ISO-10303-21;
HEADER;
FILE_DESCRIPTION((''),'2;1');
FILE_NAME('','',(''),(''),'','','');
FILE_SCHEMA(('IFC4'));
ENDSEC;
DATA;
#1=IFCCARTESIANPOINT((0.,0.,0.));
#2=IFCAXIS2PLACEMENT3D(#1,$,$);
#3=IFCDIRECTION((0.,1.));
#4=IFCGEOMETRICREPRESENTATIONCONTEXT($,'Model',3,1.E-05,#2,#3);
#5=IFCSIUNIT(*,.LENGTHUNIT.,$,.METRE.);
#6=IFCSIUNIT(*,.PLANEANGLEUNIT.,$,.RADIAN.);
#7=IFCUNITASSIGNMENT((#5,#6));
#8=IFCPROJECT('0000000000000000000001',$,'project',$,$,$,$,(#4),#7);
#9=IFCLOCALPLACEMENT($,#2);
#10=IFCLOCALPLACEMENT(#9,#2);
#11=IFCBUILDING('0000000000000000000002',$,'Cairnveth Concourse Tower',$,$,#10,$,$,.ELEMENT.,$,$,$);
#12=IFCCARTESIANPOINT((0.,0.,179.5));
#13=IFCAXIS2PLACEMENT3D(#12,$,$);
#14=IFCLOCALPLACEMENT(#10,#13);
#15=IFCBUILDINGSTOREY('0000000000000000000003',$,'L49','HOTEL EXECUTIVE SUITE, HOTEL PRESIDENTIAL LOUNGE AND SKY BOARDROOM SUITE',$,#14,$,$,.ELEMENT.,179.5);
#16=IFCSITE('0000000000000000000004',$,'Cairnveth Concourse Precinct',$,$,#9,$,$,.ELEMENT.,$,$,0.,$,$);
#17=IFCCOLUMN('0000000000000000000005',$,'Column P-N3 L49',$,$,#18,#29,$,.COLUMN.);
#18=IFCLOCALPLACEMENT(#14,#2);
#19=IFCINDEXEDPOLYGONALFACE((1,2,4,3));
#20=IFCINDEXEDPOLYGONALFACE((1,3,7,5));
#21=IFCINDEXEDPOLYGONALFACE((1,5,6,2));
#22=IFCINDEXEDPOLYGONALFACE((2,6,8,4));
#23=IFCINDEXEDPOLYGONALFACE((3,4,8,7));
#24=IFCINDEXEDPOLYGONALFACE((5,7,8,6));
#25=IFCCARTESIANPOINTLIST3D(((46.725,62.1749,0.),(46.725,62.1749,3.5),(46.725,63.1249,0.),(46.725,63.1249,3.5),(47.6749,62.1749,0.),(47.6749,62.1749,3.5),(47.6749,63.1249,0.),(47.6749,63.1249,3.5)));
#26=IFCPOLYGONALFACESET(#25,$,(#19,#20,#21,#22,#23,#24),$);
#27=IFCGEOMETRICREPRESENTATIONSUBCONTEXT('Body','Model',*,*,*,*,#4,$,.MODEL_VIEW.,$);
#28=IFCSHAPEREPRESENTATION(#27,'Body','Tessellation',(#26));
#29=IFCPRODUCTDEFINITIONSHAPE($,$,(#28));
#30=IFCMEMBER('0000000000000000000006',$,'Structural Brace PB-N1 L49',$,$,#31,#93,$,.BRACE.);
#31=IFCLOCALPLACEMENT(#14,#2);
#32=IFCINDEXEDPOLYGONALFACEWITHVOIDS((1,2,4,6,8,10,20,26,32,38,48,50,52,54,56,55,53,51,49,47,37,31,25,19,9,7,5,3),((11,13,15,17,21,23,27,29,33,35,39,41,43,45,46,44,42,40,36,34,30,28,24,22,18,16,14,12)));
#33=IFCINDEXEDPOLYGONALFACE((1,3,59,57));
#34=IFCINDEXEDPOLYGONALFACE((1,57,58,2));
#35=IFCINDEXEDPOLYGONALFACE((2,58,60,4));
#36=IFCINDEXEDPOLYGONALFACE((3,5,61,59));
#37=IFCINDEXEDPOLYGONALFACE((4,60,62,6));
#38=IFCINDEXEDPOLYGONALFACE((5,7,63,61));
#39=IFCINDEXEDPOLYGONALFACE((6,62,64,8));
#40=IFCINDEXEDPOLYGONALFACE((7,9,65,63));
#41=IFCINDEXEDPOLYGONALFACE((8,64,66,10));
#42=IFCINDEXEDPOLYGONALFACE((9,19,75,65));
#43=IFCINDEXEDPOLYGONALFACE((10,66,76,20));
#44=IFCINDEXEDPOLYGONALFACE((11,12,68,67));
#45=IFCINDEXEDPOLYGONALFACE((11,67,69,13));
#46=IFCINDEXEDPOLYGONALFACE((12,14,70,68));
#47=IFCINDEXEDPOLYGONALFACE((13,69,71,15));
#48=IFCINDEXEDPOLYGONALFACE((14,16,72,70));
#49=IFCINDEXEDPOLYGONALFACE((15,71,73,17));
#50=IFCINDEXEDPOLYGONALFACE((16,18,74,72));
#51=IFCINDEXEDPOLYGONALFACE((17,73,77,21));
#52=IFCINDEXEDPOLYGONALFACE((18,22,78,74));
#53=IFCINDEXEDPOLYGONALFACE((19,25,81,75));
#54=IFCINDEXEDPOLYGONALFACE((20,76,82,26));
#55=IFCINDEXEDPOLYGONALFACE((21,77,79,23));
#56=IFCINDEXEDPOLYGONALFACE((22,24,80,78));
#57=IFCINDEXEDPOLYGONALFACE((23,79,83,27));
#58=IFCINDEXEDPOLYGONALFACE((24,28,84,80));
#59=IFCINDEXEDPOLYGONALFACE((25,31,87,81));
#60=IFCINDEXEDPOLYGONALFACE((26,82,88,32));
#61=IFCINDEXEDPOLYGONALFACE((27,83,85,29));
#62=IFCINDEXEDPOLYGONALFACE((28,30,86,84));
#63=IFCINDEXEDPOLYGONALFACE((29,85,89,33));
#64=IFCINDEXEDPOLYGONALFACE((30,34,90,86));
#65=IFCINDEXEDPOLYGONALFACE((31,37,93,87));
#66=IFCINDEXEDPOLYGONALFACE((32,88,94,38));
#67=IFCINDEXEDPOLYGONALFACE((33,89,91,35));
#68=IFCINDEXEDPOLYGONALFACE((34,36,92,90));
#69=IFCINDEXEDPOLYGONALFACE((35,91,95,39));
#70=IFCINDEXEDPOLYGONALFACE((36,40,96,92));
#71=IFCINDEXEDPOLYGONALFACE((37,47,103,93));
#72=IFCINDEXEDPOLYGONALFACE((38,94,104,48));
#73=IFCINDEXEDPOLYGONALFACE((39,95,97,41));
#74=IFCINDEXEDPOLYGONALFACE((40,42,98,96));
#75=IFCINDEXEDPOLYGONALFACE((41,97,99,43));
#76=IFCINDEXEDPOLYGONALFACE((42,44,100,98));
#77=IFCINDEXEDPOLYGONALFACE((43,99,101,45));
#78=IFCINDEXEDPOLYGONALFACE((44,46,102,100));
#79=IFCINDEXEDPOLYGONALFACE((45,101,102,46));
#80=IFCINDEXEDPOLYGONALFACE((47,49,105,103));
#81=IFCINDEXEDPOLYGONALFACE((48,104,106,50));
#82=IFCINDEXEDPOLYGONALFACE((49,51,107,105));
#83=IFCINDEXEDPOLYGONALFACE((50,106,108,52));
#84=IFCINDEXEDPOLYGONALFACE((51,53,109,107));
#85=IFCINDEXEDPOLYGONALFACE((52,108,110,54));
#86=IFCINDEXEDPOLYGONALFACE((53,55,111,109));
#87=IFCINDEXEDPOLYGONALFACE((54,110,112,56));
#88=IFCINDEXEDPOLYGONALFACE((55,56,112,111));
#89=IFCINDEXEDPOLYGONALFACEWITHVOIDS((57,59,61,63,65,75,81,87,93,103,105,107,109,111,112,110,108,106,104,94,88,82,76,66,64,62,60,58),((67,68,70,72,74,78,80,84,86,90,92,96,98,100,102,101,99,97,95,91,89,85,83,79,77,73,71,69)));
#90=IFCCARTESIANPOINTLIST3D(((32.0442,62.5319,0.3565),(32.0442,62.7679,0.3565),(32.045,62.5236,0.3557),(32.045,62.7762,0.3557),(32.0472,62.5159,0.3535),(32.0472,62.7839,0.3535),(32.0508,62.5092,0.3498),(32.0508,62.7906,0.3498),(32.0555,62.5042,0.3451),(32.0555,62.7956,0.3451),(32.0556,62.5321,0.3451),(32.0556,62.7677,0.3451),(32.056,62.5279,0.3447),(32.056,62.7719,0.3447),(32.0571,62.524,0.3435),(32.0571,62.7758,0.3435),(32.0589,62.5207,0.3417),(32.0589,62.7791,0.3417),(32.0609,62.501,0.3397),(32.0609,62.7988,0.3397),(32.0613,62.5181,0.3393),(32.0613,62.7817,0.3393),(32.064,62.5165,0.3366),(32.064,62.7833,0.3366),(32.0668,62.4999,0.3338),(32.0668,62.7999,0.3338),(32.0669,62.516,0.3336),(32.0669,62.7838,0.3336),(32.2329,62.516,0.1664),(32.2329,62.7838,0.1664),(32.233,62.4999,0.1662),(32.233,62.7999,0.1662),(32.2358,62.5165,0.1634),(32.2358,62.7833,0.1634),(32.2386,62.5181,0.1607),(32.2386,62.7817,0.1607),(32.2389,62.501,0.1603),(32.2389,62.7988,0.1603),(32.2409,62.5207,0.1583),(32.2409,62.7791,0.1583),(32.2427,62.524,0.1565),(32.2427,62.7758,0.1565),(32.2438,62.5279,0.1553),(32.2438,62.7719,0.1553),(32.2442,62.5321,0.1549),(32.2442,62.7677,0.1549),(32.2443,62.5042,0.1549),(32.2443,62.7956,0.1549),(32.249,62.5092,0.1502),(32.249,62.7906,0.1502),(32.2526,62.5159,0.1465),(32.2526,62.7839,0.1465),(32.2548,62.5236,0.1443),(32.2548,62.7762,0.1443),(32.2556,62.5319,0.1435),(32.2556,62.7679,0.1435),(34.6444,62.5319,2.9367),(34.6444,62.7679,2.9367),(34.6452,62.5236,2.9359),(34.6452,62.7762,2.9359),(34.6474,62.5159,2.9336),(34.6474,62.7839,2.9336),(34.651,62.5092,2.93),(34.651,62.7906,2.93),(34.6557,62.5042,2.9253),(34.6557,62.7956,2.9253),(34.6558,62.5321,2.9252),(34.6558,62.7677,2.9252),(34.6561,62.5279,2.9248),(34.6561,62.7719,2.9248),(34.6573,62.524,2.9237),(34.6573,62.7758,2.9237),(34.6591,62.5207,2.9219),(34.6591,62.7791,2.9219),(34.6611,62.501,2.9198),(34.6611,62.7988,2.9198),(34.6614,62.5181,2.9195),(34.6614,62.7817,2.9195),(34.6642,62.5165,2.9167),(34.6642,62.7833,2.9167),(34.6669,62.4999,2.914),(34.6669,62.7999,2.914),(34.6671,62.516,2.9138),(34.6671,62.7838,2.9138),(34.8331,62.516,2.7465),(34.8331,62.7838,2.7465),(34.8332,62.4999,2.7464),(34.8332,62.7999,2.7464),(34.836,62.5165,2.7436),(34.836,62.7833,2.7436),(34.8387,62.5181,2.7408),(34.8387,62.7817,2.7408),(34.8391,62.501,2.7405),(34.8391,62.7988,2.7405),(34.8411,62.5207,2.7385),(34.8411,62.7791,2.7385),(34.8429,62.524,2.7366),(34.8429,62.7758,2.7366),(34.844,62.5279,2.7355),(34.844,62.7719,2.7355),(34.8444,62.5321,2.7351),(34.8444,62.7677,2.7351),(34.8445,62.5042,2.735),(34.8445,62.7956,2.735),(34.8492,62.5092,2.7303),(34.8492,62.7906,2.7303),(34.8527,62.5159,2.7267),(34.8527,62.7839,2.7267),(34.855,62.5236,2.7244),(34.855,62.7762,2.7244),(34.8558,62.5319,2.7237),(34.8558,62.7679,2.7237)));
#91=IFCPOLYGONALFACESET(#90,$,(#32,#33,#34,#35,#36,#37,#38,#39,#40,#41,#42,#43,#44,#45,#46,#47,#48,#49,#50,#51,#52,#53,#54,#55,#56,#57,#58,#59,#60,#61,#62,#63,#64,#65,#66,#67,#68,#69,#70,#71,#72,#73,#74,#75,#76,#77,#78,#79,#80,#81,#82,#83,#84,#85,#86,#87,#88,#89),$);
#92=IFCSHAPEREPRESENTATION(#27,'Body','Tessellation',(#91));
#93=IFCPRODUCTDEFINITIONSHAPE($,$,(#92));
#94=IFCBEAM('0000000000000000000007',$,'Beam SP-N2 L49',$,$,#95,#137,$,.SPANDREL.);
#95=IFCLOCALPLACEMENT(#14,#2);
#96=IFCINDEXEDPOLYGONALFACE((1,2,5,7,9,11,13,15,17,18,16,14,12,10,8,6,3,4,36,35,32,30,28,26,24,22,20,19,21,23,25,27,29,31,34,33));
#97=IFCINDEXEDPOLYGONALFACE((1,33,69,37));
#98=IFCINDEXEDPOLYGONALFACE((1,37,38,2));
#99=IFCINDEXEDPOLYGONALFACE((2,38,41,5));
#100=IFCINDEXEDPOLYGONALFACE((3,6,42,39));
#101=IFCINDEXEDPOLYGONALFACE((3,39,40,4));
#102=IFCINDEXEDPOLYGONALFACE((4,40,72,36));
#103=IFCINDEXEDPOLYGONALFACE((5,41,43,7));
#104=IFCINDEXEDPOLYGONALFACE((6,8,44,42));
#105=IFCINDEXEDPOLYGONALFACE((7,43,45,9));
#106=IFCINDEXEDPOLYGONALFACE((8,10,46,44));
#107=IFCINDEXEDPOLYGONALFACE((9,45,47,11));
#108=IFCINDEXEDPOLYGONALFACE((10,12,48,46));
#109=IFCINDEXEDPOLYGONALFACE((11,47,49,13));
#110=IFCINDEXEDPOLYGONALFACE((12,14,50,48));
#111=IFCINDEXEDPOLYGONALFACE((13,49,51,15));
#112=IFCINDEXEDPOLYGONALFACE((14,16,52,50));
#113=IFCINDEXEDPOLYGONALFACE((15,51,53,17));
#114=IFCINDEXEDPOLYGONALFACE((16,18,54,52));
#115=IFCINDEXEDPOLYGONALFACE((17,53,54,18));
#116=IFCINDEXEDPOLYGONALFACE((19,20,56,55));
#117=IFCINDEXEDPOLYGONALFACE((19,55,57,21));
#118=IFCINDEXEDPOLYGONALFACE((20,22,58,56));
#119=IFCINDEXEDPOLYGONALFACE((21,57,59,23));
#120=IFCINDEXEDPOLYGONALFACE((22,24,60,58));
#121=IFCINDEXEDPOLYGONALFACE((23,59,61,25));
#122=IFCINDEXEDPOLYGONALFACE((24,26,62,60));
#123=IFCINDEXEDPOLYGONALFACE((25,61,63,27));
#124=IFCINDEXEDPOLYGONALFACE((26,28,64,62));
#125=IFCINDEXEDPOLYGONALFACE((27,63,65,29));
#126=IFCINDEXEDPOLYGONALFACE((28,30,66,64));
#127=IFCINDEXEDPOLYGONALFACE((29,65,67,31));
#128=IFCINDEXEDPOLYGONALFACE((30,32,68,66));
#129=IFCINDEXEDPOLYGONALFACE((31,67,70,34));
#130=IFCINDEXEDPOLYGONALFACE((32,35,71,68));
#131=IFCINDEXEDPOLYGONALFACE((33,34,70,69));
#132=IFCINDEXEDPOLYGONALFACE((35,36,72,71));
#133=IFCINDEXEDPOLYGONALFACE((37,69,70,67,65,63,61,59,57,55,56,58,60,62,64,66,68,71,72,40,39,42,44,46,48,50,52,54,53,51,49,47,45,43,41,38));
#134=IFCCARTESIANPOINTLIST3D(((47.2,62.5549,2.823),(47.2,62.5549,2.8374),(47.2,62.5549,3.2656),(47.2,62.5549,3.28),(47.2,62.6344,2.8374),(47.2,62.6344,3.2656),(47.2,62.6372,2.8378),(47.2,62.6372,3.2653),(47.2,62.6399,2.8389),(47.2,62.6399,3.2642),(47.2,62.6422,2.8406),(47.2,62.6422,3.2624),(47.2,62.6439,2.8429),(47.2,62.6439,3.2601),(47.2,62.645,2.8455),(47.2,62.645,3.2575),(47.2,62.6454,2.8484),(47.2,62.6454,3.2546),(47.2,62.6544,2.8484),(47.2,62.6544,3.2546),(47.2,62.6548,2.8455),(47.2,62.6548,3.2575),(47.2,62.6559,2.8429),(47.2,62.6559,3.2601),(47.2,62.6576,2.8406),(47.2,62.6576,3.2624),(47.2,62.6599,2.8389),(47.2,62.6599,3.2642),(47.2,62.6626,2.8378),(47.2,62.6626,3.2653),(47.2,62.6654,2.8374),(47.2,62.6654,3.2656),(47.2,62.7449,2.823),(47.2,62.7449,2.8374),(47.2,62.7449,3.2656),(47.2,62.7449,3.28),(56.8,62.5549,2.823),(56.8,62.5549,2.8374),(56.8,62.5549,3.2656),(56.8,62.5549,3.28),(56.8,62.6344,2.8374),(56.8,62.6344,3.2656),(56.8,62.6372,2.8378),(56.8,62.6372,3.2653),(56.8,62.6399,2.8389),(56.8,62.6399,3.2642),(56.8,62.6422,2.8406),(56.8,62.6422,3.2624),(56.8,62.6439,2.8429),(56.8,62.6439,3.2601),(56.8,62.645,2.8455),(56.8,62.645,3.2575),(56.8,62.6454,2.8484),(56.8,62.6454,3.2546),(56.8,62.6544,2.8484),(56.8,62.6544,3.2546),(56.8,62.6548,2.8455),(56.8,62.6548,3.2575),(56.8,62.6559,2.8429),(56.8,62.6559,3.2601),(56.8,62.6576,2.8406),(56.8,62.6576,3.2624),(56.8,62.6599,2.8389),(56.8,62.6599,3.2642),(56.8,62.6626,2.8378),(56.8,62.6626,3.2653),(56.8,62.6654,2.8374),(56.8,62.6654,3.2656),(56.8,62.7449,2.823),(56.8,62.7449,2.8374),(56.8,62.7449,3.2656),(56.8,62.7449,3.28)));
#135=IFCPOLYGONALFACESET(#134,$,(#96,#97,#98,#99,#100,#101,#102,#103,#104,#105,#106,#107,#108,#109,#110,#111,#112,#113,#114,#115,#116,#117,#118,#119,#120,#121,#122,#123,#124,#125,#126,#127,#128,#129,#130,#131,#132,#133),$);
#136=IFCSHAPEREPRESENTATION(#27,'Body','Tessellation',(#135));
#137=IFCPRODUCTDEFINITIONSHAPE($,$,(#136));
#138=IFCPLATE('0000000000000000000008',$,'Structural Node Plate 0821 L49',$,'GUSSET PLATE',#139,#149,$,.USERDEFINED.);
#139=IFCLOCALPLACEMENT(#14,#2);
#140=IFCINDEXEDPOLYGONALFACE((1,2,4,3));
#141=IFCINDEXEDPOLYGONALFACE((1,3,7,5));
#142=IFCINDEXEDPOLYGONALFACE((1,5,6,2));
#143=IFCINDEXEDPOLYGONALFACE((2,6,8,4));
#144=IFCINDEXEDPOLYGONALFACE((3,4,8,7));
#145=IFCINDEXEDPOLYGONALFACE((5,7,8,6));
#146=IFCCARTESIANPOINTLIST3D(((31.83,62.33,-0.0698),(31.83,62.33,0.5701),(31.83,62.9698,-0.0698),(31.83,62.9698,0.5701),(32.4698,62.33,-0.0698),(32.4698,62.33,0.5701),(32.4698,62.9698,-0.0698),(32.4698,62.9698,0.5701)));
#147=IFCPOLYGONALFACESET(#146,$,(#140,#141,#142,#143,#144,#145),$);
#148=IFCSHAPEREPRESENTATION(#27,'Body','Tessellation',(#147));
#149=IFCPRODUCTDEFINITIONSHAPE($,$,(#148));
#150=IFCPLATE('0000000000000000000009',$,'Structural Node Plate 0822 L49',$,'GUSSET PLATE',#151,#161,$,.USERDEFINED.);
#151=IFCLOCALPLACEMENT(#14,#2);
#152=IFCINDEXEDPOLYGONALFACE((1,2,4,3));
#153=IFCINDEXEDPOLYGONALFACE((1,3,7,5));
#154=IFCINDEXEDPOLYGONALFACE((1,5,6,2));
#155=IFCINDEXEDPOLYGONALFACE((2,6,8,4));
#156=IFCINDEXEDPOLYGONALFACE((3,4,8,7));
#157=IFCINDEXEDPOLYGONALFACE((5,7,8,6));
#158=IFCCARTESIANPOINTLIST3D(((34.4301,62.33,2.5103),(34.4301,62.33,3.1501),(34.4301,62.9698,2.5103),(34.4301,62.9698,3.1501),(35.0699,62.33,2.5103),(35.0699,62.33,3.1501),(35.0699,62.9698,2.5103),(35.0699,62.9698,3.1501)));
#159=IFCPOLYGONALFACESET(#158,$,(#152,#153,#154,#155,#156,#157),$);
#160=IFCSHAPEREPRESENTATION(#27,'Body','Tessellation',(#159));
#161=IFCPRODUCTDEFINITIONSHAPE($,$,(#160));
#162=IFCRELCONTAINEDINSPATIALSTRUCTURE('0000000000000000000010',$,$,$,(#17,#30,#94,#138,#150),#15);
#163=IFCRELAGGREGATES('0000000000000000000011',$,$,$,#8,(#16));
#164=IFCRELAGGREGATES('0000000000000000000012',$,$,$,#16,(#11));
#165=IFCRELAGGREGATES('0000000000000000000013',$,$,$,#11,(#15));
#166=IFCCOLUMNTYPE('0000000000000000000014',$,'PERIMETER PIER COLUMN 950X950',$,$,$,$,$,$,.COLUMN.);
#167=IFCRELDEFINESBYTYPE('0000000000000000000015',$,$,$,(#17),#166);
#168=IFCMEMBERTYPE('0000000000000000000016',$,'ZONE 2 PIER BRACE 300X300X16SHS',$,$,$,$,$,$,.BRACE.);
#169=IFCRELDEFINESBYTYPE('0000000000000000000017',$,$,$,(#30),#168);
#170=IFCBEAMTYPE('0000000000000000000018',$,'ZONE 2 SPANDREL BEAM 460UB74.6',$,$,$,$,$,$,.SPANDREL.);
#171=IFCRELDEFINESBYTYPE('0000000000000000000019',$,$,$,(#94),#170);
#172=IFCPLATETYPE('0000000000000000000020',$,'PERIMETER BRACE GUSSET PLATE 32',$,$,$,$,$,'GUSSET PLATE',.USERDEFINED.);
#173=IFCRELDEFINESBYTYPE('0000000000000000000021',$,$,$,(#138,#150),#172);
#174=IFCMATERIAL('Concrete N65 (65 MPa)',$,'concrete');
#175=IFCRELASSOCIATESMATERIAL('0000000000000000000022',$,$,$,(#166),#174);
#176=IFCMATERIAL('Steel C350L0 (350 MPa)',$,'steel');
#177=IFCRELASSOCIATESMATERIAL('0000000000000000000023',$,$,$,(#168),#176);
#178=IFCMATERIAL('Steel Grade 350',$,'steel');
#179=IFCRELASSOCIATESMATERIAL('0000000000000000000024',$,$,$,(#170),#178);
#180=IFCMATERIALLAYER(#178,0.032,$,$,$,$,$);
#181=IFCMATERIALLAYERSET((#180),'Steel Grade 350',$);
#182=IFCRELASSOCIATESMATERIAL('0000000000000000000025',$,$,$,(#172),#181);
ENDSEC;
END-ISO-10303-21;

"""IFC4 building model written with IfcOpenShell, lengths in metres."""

from ifc_helpers import new_model, si_unit, direction, frame, origin, origin_2d, place, context, subcontext, project, spatial, rectangle, hollow_rectangle, i_section, extrude, material, layer, layer_set, material_profile, profile_set, type_object, element, save


model = new_model("IFC4")

# Units and contexts
model_context = context("Model", 3, precision=1e-05, world=origin(), true_north=direction((0.0, 1.0)))
body_context = subcontext(model_context, "Body", "Model", "MODEL_VIEW")
ifc_project = project(units=[si_unit("LENGTHUNIT", "METRE"), si_unit("PLANEANGLEUNIT", "RADIAN")], contexts=[model_context])

# Site, building, storey
site_placement = place(None, origin())
site = spatial("IfcSite", under=ifc_project, at=site_placement, Name="Cairnveth Concourse Precinct", CompositionType="ELEMENT", RefElevation=0.0)
building_placement = place(site_placement, origin())
building = spatial("IfcBuilding", under=site, at=building_placement, Name="Cairnveth Concourse Tower", CompositionType="ELEMENT")
storey_placement = place(building_placement, frame((0.0, 0.0, 179.5)))
storey = spatial("IfcBuildingStorey", under=building, at=storey_placement, Name="L49", Description="HOTEL EXECUTIVE SUITE, HOTEL PRESIDENTIAL LOUNGE AND SKY BOARDROOM SUITE", CompositionType="ELEMENT", Elevation=179.5)

# Column
ifc_material_1 = material(Name="Concrete N65 (65 MPa)", Category="concrete")
ifc_material_profile_1 = material_profile(ifc_material_1, rectangle(XDim=0.95, YDim=0.95, at=origin_2d()), Name="RC-COL-950x950")
ifc_profile_set_1 = profile_set([ifc_material_profile_1], Name="Concrete N65 (65 MPa)")
column_type = type_object("IfcColumnType", Name="PERIMETER PIER COLUMN 950X950", PredefinedType="COLUMN", material=ifc_profile_set_1)
column_placement = place(storey_placement, frame((47.2, 62.6499, 0.0), z_axis=(0.0, 0.0, 1.0), x_axis=(1.0, 0.0, 0.0)))
element("IfcColumn", 1, at=column_placement, inside=storey, type_object=column_type, Name="Column P-N3 L49", PredefinedType="COLUMN", context=body_context, shape_type="SweptSolid", body=[
    extrude(rectangle(XDim=0.95, YDim=0.95, at=origin_2d()), origin(), (0.0, 0.0, 1.0), 3.5),
])

# Member
ifc_material_2 = material(Name="Steel C350L0 (350 MPa)", Category="steel")
ifc_material_profile_2 = material_profile(ifc_material_2, hollow_rectangle(XDim=0.3, YDim=0.3, WallThickness=0.0161, InnerFilletRadius=0.0161, OuterFilletRadius=0.032, at=origin_2d()), Name="300x300x16.0SHS")
ifc_profile_set_2 = profile_set([ifc_material_profile_2], Name="Steel C350L0 (350 MPa)")
member_type = type_object("IfcMemberType", Name="ZONE 2 PIER BRACE 300X300X16SHS", PredefinedType="BRACE", material=ifc_profile_set_2)
member_placement = place(storey_placement, frame((32.1499, 62.6499, 0.25), z_axis=(0.709834, 0.0, 0.704369), x_axis=(0.0, 1.0, 0.0)))
element("IfcMember", 2, at=member_placement, inside=storey, type_object=member_type, Name="Structural Brace PB-N1 L49", PredefinedType="BRACE", context=body_context, shape_type="SweptSolid", body=[
    extrude(hollow_rectangle(XDim=0.3, YDim=0.3, WallThickness=0.0161, InnerFilletRadius=0.0161, OuterFilletRadius=0.032, at=origin_2d()), origin(), (0.0, 0.0, 1.0), 3.6631),
])

# Beam
ifc_material_3 = material(Name="Steel Grade 350", Category="steel")
ifc_material_profile_3 = material_profile(ifc_material_3, i_section(OverallWidth=0.1899, OverallDepth=0.457, WebThickness=0.009, FlangeThickness=0.0144, FilletRadius=0.011, at=origin_2d()), Name="460UB74.6")
ifc_profile_set_3 = profile_set([ifc_material_profile_3], Name="Steel Grade 350")
beam_type = type_object("IfcBeamType", Name="ZONE 2 SPANDREL BEAM 460UB74.6", PredefinedType="SPANDREL", material=ifc_profile_set_3)
beam_placement = place(storey_placement, frame((47.2, 62.6499, 3.0515), z_axis=(1.0, 0.0, 0.0), x_axis=(0.0, 1.0, 0.0)))
element("IfcBeam", 3, at=beam_placement, inside=storey, type_object=beam_type, Name="Beam SP-N2 L49", PredefinedType="SPANDREL", context=body_context, shape_type="SweptSolid", body=[
    extrude(i_section(OverallWidth=0.1899, OverallDepth=0.457, WebThickness=0.009, FlangeThickness=0.0144, FilletRadius=0.011, at=origin_2d()), origin(), (0.0, 0.0, 1.0), 9.6001),
])

# Plates
ifc_layer_1 = layer(ifc_material_3, 0.032)
ifc_layer_set_1 = layer_set([ifc_layer_1], Name="Steel Grade 350")
plate_type = type_object("IfcPlateType", Name="PERIMETER BRACE GUSSET PLATE 32", ElementType="GUSSET PLATE", PredefinedType="USERDEFINED", material=ifc_layer_set_1)
for number, where, z_axis, x_axis, name in (
    (4, (32.1499, 62.6499, -0.0698), (0.0, 0.0, 1.0), (1.0, 0.0, 0.0), "Structural Node Plate 0821 L49"),
    (5, (34.75, 62.6499, 2.5103), (0.0, 0.0, 1.0), (1.0, 0.0, 0.0), "Structural Node Plate 0822 L49"),
):
    element("IfcPlate", number, at=place(storey_placement, frame(where, z_axis=z_axis, x_axis=x_axis)), inside=storey, type_object=plate_type, Name=name, ObjectType="GUSSET PLATE", PredefinedType="USERDEFINED", context=body_context, shape_type="SweptSolid", body=[
        extrude(rectangle(XDim=0.6399, YDim=0.6399, at=origin_2d()), origin(), (0.0, 0.0, 1.0), 0.6399),
    ])

save(model, "model.ifc")
